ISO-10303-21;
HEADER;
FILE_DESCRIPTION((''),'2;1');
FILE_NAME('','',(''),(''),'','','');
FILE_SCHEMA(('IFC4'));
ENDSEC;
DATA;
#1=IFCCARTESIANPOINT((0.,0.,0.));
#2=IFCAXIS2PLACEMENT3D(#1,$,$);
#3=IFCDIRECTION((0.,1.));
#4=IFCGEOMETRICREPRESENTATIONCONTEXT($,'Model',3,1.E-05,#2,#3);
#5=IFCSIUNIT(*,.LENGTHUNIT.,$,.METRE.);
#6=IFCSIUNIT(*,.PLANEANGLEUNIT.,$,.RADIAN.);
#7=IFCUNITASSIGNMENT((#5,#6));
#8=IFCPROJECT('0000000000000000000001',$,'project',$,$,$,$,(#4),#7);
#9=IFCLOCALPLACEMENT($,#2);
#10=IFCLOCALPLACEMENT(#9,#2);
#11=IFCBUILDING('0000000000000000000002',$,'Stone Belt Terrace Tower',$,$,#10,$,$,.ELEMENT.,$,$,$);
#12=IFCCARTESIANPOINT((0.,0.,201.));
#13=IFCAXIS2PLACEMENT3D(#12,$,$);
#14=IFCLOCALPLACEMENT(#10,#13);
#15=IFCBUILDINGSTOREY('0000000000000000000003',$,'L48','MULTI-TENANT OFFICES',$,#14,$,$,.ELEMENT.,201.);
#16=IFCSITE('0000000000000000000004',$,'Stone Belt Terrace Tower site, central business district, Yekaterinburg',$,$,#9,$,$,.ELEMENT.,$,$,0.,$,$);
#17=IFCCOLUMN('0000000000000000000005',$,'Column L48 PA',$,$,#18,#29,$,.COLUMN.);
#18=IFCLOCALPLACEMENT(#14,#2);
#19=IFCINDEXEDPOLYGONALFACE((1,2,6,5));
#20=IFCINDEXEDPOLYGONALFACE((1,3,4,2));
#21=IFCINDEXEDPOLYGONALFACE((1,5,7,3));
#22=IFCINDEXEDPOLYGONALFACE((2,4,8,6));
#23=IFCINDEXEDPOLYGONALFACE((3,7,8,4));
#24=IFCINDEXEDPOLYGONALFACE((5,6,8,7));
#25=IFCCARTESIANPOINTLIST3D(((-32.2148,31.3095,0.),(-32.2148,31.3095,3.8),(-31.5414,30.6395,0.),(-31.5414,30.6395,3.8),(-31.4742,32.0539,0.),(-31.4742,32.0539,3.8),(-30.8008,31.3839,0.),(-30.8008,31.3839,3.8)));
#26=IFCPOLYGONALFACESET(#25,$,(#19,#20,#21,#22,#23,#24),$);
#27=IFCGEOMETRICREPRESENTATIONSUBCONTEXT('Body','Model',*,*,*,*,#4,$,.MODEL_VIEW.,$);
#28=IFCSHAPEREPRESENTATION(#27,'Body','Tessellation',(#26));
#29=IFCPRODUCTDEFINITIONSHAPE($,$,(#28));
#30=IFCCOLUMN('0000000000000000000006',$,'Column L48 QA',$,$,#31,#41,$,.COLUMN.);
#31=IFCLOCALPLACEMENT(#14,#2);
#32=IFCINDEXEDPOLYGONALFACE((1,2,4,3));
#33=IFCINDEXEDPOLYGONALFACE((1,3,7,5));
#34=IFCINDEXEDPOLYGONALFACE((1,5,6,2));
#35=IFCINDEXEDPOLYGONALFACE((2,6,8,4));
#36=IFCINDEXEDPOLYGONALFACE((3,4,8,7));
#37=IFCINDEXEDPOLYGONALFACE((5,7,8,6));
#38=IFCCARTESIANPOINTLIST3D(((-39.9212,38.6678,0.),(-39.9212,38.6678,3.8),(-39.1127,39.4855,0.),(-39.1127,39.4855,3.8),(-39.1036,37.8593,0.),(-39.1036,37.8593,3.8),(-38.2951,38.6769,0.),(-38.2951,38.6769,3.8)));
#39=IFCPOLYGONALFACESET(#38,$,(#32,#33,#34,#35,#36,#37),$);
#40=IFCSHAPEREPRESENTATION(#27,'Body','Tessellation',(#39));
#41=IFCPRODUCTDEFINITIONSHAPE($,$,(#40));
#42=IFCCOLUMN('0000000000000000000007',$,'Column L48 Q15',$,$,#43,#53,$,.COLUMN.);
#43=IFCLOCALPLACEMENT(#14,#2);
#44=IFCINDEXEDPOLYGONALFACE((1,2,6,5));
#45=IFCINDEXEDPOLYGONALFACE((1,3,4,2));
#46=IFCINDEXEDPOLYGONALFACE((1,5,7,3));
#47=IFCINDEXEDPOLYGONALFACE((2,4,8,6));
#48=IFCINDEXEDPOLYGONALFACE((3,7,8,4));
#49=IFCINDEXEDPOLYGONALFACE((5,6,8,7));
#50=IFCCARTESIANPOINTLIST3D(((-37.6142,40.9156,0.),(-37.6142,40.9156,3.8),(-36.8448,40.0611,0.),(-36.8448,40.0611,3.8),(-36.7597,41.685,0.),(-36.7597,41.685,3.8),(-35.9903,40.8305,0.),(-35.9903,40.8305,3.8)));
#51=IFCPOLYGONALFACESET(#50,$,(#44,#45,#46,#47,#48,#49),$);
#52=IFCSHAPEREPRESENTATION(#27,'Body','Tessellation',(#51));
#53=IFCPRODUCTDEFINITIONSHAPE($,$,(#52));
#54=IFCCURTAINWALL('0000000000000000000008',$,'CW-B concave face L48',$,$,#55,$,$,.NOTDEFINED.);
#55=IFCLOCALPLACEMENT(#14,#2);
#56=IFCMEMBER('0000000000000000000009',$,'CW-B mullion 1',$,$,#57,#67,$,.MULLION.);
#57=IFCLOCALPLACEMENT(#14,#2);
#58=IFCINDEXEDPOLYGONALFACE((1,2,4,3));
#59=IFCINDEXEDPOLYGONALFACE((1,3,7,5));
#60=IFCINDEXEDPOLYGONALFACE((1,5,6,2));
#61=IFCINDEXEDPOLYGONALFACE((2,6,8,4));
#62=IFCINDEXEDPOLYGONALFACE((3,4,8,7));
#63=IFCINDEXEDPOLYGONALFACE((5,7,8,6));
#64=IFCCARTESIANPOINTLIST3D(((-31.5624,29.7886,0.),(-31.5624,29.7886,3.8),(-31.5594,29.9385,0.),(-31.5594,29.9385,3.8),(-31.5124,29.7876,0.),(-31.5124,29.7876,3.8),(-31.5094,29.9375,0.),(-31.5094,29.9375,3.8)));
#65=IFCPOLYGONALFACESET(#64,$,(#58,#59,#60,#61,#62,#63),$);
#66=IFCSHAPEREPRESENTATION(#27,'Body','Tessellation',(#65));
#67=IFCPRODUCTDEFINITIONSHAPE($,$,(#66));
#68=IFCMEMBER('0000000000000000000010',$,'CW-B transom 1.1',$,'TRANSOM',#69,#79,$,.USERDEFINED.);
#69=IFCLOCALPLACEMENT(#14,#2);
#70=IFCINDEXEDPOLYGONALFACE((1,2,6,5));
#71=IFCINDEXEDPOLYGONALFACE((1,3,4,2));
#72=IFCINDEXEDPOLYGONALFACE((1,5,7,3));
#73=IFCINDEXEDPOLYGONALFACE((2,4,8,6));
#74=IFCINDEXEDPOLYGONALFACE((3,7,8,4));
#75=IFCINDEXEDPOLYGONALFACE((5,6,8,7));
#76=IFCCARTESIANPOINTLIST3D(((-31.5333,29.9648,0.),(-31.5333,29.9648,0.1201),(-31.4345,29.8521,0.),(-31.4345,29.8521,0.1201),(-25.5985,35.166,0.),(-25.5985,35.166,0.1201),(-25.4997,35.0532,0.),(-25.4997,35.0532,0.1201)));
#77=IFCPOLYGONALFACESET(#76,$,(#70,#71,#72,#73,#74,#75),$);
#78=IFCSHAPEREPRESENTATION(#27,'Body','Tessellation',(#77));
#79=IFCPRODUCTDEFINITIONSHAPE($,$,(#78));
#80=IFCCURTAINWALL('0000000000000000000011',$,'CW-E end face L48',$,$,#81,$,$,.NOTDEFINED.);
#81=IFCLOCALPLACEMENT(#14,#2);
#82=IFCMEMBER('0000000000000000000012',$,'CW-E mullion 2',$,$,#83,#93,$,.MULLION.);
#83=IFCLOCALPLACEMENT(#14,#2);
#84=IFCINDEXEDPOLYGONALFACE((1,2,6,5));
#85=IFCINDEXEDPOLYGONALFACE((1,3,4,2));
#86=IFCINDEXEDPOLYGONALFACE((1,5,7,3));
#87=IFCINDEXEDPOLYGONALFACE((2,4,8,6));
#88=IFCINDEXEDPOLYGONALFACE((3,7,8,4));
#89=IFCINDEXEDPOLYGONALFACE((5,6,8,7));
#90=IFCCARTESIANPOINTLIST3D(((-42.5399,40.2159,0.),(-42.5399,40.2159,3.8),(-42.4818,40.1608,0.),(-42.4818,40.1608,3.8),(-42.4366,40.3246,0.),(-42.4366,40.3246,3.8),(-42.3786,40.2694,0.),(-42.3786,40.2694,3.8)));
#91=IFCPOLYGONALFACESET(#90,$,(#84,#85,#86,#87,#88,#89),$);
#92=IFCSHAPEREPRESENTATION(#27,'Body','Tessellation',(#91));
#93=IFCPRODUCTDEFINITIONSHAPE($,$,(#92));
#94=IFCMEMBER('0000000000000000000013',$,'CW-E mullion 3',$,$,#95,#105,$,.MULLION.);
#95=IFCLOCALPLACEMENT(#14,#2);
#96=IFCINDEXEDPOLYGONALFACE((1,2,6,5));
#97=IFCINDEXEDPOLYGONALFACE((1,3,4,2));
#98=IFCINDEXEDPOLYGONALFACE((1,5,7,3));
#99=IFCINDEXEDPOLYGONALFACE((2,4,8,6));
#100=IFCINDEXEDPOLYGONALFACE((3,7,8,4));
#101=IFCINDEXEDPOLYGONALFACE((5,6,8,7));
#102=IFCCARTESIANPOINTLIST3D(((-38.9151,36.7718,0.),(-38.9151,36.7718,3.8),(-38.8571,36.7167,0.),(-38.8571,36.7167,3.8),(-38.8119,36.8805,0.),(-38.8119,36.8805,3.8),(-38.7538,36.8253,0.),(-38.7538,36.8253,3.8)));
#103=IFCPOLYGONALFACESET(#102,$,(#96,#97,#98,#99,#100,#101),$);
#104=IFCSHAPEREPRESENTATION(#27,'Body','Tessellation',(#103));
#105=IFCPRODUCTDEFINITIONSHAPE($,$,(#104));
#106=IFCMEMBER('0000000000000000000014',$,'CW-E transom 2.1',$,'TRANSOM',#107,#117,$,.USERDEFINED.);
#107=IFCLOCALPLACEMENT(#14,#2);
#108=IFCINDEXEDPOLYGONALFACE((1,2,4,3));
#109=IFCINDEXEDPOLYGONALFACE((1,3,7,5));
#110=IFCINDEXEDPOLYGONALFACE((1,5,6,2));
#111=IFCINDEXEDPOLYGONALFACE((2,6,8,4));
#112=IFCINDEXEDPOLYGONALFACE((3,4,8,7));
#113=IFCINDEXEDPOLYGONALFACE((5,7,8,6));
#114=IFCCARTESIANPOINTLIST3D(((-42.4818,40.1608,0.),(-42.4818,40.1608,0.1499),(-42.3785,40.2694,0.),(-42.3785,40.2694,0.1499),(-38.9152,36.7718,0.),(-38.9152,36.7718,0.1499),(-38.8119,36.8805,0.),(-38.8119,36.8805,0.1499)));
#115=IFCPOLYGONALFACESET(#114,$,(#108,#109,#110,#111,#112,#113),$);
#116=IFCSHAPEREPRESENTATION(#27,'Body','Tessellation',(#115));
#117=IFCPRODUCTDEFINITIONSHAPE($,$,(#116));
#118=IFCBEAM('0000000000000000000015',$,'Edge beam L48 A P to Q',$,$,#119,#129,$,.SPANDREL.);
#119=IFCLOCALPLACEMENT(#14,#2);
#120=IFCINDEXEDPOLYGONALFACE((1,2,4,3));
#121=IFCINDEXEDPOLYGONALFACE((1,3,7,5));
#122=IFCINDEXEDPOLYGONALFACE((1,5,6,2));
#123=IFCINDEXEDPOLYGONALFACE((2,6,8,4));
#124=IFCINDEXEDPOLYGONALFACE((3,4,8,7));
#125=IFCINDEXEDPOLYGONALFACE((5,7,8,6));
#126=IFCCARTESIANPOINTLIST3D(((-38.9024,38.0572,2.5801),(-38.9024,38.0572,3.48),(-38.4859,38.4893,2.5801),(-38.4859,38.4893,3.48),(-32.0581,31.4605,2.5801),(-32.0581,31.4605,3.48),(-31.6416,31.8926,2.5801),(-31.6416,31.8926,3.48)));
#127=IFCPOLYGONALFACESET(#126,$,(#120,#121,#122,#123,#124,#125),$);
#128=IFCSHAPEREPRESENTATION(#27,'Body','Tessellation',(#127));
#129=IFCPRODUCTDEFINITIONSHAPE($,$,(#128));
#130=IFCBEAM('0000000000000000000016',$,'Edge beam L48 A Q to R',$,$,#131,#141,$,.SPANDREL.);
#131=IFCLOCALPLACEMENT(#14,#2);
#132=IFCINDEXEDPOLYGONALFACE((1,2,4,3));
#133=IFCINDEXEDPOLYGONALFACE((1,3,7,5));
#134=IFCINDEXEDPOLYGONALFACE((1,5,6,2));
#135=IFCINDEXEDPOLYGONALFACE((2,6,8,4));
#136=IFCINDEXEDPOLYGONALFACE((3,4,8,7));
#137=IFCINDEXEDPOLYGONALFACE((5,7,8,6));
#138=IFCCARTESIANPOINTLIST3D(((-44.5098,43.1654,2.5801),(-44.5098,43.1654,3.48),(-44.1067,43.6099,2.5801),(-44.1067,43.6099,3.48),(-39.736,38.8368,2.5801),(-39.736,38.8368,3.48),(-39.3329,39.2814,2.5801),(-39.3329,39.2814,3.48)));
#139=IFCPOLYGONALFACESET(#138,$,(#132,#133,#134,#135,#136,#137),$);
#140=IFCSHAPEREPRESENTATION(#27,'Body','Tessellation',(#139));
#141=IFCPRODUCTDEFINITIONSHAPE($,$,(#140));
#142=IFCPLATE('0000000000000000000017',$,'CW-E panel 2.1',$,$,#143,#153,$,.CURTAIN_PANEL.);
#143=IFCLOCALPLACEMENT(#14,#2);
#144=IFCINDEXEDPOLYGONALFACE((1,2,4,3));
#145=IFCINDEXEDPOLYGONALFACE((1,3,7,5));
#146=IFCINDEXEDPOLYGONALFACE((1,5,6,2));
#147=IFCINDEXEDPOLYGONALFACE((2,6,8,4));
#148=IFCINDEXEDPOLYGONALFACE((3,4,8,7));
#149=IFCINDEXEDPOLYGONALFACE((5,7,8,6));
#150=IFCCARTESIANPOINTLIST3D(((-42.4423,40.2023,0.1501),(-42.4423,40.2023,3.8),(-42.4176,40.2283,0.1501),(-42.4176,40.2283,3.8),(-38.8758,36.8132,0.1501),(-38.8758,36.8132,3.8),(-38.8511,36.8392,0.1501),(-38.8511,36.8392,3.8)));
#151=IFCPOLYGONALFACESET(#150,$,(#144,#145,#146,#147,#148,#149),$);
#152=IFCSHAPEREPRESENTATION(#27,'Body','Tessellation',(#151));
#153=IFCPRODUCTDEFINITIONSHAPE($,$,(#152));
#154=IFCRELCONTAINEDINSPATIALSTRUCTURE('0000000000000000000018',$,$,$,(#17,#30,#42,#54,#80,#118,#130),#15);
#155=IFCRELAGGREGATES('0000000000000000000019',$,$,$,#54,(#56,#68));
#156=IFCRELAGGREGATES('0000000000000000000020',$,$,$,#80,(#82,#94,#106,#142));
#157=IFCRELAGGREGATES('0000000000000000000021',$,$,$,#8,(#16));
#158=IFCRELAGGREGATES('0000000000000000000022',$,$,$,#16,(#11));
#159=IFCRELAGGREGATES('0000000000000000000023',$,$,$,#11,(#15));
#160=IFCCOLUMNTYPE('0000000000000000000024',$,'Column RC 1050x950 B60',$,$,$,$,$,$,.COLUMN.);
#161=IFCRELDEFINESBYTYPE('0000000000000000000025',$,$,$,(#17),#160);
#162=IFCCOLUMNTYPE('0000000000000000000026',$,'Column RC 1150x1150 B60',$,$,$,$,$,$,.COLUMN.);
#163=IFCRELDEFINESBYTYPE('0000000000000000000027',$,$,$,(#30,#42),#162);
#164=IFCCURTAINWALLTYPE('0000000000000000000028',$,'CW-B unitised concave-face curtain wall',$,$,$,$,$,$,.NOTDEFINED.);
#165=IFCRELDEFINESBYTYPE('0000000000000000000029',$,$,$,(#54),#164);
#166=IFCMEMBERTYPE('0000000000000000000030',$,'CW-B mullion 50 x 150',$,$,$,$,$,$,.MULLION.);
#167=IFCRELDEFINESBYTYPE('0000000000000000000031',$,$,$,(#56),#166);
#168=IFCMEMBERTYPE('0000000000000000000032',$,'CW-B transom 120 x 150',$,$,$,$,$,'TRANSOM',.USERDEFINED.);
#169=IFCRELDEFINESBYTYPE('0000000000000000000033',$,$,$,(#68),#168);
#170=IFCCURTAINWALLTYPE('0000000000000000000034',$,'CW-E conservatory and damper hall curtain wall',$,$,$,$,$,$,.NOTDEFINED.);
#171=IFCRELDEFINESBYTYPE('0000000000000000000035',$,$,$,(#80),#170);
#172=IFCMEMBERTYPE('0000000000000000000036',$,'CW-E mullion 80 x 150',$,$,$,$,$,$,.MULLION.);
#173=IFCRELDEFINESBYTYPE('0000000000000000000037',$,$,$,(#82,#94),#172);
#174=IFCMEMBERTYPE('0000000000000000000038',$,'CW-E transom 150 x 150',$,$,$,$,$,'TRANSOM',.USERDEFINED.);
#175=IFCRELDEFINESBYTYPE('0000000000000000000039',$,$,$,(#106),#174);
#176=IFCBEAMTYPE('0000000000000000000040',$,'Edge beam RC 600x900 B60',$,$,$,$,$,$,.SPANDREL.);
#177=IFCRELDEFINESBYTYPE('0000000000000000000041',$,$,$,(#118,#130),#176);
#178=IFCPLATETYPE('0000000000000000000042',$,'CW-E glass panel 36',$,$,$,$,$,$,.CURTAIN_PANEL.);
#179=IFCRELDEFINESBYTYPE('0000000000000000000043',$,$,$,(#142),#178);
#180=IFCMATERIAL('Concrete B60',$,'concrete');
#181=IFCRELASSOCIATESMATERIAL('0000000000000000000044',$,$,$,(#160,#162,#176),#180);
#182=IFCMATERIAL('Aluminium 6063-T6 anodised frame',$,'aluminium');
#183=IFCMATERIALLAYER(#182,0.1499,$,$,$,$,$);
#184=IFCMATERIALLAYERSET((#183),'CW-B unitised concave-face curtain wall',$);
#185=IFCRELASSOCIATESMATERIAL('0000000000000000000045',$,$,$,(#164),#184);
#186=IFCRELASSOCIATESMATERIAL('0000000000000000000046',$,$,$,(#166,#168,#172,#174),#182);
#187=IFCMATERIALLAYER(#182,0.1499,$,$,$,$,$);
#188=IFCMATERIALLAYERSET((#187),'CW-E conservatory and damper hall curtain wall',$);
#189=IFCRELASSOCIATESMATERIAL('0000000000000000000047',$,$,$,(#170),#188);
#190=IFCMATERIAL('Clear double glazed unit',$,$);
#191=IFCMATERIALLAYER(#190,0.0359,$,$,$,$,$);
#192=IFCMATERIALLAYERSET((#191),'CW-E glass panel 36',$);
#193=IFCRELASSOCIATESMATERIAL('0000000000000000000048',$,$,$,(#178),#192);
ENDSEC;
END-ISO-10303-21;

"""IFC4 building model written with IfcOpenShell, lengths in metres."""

from ifc_helpers import new_model, si_unit, direction, frame, origin, origin_2d, place, context, subcontext, project, spatial, rectangle, extrude, material, layer, layer_set, material_profile, profile_set, type_object, element, aggregate, save


model = new_model("IFC4")

# Units and contexts
model_context = context("Model", 3, precision=1e-05, world=origin(), true_north=direction((0.0, 1.0)))
body_context = subcontext(model_context, "Body", "Model", "MODEL_VIEW")
ifc_project = project(units=[si_unit("LENGTHUNIT", "METRE"), si_unit("PLANEANGLEUNIT", "RADIAN")], contexts=[model_context])

# Site, building, storey
site_placement = place(None, origin())
site = spatial("IfcSite", under=ifc_project, at=site_placement, Name="Stone Belt Terrace Tower site, central business district, Yekaterinburg", CompositionType="ELEMENT", RefElevation=0.0)
building_placement = place(site_placement, origin())
building = spatial("IfcBuilding", under=site, at=building_placement, Name="Stone Belt Terrace Tower", CompositionType="ELEMENT")
storey_placement = place(building_placement, frame((0.0, 0.0, 201.0)))
storey = spatial("IfcBuildingStorey", under=building, at=storey_placement, Name="L48", Description="MULTI-TENANT OFFICES", CompositionType="ELEMENT", Elevation=201.0)

# Columns
ifc_material_1 = material(Name="Concrete B60", Category="concrete")
ifc_material_profile_1 = material_profile(ifc_material_1, rectangle(XDim=1.05, YDim=0.95, at=origin_2d()), Name="RC 1050x950")
ifc_profile_set_1 = profile_set([ifc_material_profile_1], Name="Concrete B60")
column_type_1 = type_object("IfcColumnType", Name="Column RC 1050x950 B60", PredefinedType="COLUMN", material=ifc_profile_set_1)
column_placement = place(storey_placement, frame((-31.5078, 31.3467, 0.0), z_axis=(0.0, 0.0, 1.0), x_axis=(0.705294, 0.708915, 0.0)))
element("IfcColumn", 1, at=column_placement, inside=storey, type_object=column_type_1, Name="Column L48 PA", PredefinedType="COLUMN", context=body_context, shape_type="SweptSolid", body=[
    extrude(rectangle(XDim=1.05, YDim=0.95, at=origin_2d()), origin(), (0.0, 0.0, 1.0), 3.8),
])
ifc_material_profile_2 = material_profile(ifc_material_1, rectangle(XDim=1.1499, YDim=1.1499, at=origin_2d()), Name="RC 1150x1150")
ifc_profile_set_2 = profile_set([ifc_material_profile_2], Name="Concrete B60")
column_type_2 = type_object("IfcColumnType", Name="Column RC 1150x1150 B60", PredefinedType="COLUMN", material=ifc_profile_set_2)
for number, where, z_axis, x_axis, name in (
    (2, (-39.1082, 38.6724, 0.0), (0.0, 0.0, 1.0), (0.703134, 0.711057, 0.0), "Column L48 QA"),
    (3, (-36.8022, 40.873, 0.0), (0.0, 0.0, 1.0), (0.743145, 0.669131, 0.0), "Column L48 Q15"),
):
    element("IfcColumn", number, at=place(storey_placement, frame(where, z_axis=z_axis, x_axis=x_axis)), inside=storey, type_object=column_type_2, Name=name, PredefinedType="COLUMN", context=body_context, shape_type="SweptSolid", body=[
        extrude(rectangle(XDim=1.1499, YDim=1.1499, at=origin_2d()), origin(), (0.0, 0.0, 1.0), 3.8),
    ])

# Curtain walls, members
ifc_material_2 = material(Name="Aluminium 6063-T6 anodised frame", Category="aluminium")
ifc_layer_1 = layer(ifc_material_2, 0.1499)
ifc_layer_set_1 = layer_set([ifc_layer_1], Name="CW-B unitised concave-face curtain wall")
curtain_wall_type_1 = type_object("IfcCurtainWallType", Name="CW-B unitised concave-face curtain wall", PredefinedType="NOTDEFINED", material=ifc_layer_set_1)
curtain_wall_1_placement = place(storey_placement, origin())
curtain_wall_1 = element("IfcCurtainWall", 4, at=curtain_wall_1_placement, inside=storey, type_object=curtain_wall_type_1, Name="CW-B concave face L48", PredefinedType="NOTDEFINED")
ifc_material_profile_3 = material_profile(ifc_material_2, rectangle(XDim=0.1499, YDim=0.05, at=origin_2d()), Name="Aluminium 6063-T6 50x150")
ifc_profile_set_3 = profile_set([ifc_material_profile_3], Name="Aluminium 6063-T6 anodised frame")
member_type_1 = type_object("IfcMemberType", Name="CW-B mullion 50 x 150", PredefinedType="MULLION", material=ifc_profile_set_3)
member_1_placement = place(storey_placement, frame((-31.5359, 29.863, 0.0), z_axis=(0.0, 0.0, 1.0), x_axis=(0.020135, 0.999797, 0.0)))
member_1 = element("IfcMember", 5, at=member_1_placement, type_object=member_type_1, Name="CW-B mullion 1", PredefinedType="MULLION", context=body_context, shape_type="SweptSolid", body=[
    extrude(rectangle(XDim=0.1499, YDim=0.05, at=origin_2d()), origin(), (0.0, 0.0, 1.0), 3.8),
])
ifc_material_profile_4 = material_profile(ifc_material_2, rectangle(XDim=0.1499, YDim=0.1201, at=origin_2d()), Name="Aluminium 6063-T6 150x120")
ifc_profile_set_4 = profile_set([ifc_material_profile_4], Name="Aluminium 6063-T6 anodised frame")
member_type_2 = type_object("IfcMemberType", Name="CW-B transom 120 x 150", ElementType="TRANSOM", PredefinedType="USERDEFINED", material=ifc_profile_set_4)
member_2_placement = place(storey_placement, frame((-31.4839, 29.9084, 0.0601), z_axis=(0.752061, 0.659094, 0.0), x_axis=(-0.659094, 0.752061, 0.0)))
member_2 = element("IfcMember", 6, at=member_2_placement, type_object=member_type_2, Name="CW-B transom 1.1", ObjectType="TRANSOM", PredefinedType="USERDEFINED", context=body_context, shape_type="SweptSolid", body=[
    extrude(rectangle(XDim=0.1499, YDim=0.1201, at=origin_2d()), origin(), (0.0, 0.0, 1.0), 7.8914),
])
aggregate(curtain_wall_1, [member_1, member_2])
ifc_layer_2 = layer(ifc_material_2, 0.1499)
ifc_layer_set_2 = layer_set([ifc_layer_2], Name="CW-E conservatory and damper hall curtain wall")
curtain_wall_type_2 = type_object("IfcCurtainWallType", Name="CW-E conservatory and damper hall curtain wall", PredefinedType="NOTDEFINED", material=ifc_layer_set_2)
curtain_wall_2_placement = place(storey_placement, origin())
curtain_wall_2 = element("IfcCurtainWall", 7, at=curtain_wall_2_placement, inside=storey, type_object=curtain_wall_type_2, Name="CW-E end face L48", PredefinedType="NOTDEFINED")
ifc_material_profile_5 = material_profile(ifc_material_2, rectangle(XDim=0.1499, YDim=0.0801, at=origin_2d()), Name="Aluminium 6063-T6 80x150")
ifc_profile_set_5 = profile_set([ifc_material_profile_5], Name="Aluminium 6063-T6 anodised frame")
member_type_3 = type_object("IfcMemberType", Name="CW-E mullion 80 x 150", PredefinedType="MULLION", material=ifc_profile_set_5)
member_3_placement = place(storey_placement, frame((-42.4592, 40.2427, 0.0), z_axis=(0.0, 0.0, 1.0), x_axis=(0.68884, 0.724914, 0.0)))
member_3 = element("IfcMember", 8, at=member_3_placement, type_object=member_type_3, Name="CW-E mullion 2", PredefinedType="MULLION", context=body_context, shape_type="SweptSolid", body=[
    extrude(rectangle(XDim=0.1499, YDim=0.0801, at=origin_2d()), origin(), (0.0, 0.0, 1.0), 3.8),
])
member_4_placement = place(storey_placement, frame((-38.8345, 36.7986, 0.0), z_axis=(0.0, 0.0, 1.0), x_axis=(0.68884, 0.724914, 0.0)))
member_4 = element("IfcMember", 9, at=member_4_placement, type_object=member_type_3, Name="CW-E mullion 3", PredefinedType="MULLION", context=body_context, shape_type="SweptSolid", body=[
    extrude(rectangle(XDim=0.1499, YDim=0.0801, at=origin_2d()), origin(), (0.0, 0.0, 1.0), 3.8),
])
ifc_material_profile_6 = material_profile(ifc_material_2, rectangle(XDim=0.1499, YDim=0.1499, at=origin_2d()), Name="Aluminium 6063-T6 150x150")
ifc_profile_set_6 = profile_set([ifc_material_profile_6], Name="Aluminium 6063-T6 anodised frame")
member_type_4 = type_object("IfcMemberType", Name="CW-E transom 150 x 150", ElementType="TRANSOM", PredefinedType="USERDEFINED", material=ifc_profile_set_6)
member_5_placement = place(storey_placement, frame((-42.4302, 40.2151, 0.075), z_axis=(0.724939, -0.688813, 0.0), x_axis=(0.688813, 0.724939, 0.0)))
member_5 = element("IfcMember", 10, at=member_5_placement, type_object=member_type_4, Name="CW-E transom 2.1", ObjectType="TRANSOM", PredefinedType="USERDEFINED", context=body_context, shape_type="SweptSolid", body=[
    extrude(rectangle(XDim=0.1499, YDim=0.1499, at=origin_2d()), origin(), (0.0, 0.0, 1.0), 4.9199),
])

# Beams
ifc_material_profile_7 = material_profile(ifc_material_1, rectangle(XDim=0.6001, YDim=0.8999, at=origin_2d()), Name="RC 600x900")
ifc_profile_set_7 = profile_set([ifc_material_profile_7], Name="Concrete B60")
beam_type = type_object("IfcBeamType", Name="Edge beam RC 600x900 B60", PredefinedType="SPANDREL", material=ifc_profile_set_7)
beam_1_placement = place(storey_placement, frame((-31.8499, 31.6765, 3.03), z_axis=(-0.720008, 0.693965, 0.0), x_axis=(-0.693965, -0.720008, 0.0)))
element("IfcBeam", 11, at=beam_1_placement, inside=storey, type_object=beam_type, Name="Edge beam L48 A P to Q", PredefinedType="SPANDREL", context=body_context, shape_type="SweptSolid", body=[
    extrude(rectangle(XDim=0.6001, YDim=0.8999, at=origin_2d()), origin(), (0.0, 0.0, 1.0), 9.5059),
])
beam_2_placement = place(storey_placement, frame((-39.5344, 39.0591, 3.03), z_axis=(-0.740814, 0.671711, 0.0), x_axis=(-0.671711, -0.740814, 0.0)))
element("IfcBeam", 12, at=beam_2_placement, inside=storey, type_object=beam_type, Name="Edge beam L48 A Q to R", PredefinedType="SPANDREL", context=body_context, shape_type="SweptSolid", body=[
    extrude(rectangle(XDim=0.6001, YDim=0.8999, at=origin_2d()), origin(), (0.0, 0.0, 1.0), 6.4441),
])

# Plate
ifc_material_3 = material(Name="Clear double glazed unit")
ifc_layer_3 = layer(ifc_material_3, 0.0359)
ifc_layer_set_3 = layer_set([ifc_layer_3], Name="CW-E glass panel 36")
plate_type = type_object("IfcPlateType", Name="CW-E glass panel 36", PredefinedType="CURTAIN_PANEL", material=ifc_layer_set_3)
plate_placement = place(storey_placement, frame((-40.6467, 38.5208, 0.1501), z_axis=(0.0, 0.0, 1.0), x_axis=(0.724914, -0.68884, 0.0)))
plate = element("IfcPlate", 13, at=plate_placement, type_object=plate_type, Name="CW-E panel 2.1", PredefinedType="CURTAIN_PANEL", context=body_context, shape_type="SweptSolid", body=[
    extrude(rectangle(XDim=4.9199, YDim=0.0359, at=origin_2d()), origin(), (0.0, 0.0, 1.0), 3.6499),
])
aggregate(curtain_wall_2, [member_3, member_4, member_5, plate])

save(model, "model.ifc")
